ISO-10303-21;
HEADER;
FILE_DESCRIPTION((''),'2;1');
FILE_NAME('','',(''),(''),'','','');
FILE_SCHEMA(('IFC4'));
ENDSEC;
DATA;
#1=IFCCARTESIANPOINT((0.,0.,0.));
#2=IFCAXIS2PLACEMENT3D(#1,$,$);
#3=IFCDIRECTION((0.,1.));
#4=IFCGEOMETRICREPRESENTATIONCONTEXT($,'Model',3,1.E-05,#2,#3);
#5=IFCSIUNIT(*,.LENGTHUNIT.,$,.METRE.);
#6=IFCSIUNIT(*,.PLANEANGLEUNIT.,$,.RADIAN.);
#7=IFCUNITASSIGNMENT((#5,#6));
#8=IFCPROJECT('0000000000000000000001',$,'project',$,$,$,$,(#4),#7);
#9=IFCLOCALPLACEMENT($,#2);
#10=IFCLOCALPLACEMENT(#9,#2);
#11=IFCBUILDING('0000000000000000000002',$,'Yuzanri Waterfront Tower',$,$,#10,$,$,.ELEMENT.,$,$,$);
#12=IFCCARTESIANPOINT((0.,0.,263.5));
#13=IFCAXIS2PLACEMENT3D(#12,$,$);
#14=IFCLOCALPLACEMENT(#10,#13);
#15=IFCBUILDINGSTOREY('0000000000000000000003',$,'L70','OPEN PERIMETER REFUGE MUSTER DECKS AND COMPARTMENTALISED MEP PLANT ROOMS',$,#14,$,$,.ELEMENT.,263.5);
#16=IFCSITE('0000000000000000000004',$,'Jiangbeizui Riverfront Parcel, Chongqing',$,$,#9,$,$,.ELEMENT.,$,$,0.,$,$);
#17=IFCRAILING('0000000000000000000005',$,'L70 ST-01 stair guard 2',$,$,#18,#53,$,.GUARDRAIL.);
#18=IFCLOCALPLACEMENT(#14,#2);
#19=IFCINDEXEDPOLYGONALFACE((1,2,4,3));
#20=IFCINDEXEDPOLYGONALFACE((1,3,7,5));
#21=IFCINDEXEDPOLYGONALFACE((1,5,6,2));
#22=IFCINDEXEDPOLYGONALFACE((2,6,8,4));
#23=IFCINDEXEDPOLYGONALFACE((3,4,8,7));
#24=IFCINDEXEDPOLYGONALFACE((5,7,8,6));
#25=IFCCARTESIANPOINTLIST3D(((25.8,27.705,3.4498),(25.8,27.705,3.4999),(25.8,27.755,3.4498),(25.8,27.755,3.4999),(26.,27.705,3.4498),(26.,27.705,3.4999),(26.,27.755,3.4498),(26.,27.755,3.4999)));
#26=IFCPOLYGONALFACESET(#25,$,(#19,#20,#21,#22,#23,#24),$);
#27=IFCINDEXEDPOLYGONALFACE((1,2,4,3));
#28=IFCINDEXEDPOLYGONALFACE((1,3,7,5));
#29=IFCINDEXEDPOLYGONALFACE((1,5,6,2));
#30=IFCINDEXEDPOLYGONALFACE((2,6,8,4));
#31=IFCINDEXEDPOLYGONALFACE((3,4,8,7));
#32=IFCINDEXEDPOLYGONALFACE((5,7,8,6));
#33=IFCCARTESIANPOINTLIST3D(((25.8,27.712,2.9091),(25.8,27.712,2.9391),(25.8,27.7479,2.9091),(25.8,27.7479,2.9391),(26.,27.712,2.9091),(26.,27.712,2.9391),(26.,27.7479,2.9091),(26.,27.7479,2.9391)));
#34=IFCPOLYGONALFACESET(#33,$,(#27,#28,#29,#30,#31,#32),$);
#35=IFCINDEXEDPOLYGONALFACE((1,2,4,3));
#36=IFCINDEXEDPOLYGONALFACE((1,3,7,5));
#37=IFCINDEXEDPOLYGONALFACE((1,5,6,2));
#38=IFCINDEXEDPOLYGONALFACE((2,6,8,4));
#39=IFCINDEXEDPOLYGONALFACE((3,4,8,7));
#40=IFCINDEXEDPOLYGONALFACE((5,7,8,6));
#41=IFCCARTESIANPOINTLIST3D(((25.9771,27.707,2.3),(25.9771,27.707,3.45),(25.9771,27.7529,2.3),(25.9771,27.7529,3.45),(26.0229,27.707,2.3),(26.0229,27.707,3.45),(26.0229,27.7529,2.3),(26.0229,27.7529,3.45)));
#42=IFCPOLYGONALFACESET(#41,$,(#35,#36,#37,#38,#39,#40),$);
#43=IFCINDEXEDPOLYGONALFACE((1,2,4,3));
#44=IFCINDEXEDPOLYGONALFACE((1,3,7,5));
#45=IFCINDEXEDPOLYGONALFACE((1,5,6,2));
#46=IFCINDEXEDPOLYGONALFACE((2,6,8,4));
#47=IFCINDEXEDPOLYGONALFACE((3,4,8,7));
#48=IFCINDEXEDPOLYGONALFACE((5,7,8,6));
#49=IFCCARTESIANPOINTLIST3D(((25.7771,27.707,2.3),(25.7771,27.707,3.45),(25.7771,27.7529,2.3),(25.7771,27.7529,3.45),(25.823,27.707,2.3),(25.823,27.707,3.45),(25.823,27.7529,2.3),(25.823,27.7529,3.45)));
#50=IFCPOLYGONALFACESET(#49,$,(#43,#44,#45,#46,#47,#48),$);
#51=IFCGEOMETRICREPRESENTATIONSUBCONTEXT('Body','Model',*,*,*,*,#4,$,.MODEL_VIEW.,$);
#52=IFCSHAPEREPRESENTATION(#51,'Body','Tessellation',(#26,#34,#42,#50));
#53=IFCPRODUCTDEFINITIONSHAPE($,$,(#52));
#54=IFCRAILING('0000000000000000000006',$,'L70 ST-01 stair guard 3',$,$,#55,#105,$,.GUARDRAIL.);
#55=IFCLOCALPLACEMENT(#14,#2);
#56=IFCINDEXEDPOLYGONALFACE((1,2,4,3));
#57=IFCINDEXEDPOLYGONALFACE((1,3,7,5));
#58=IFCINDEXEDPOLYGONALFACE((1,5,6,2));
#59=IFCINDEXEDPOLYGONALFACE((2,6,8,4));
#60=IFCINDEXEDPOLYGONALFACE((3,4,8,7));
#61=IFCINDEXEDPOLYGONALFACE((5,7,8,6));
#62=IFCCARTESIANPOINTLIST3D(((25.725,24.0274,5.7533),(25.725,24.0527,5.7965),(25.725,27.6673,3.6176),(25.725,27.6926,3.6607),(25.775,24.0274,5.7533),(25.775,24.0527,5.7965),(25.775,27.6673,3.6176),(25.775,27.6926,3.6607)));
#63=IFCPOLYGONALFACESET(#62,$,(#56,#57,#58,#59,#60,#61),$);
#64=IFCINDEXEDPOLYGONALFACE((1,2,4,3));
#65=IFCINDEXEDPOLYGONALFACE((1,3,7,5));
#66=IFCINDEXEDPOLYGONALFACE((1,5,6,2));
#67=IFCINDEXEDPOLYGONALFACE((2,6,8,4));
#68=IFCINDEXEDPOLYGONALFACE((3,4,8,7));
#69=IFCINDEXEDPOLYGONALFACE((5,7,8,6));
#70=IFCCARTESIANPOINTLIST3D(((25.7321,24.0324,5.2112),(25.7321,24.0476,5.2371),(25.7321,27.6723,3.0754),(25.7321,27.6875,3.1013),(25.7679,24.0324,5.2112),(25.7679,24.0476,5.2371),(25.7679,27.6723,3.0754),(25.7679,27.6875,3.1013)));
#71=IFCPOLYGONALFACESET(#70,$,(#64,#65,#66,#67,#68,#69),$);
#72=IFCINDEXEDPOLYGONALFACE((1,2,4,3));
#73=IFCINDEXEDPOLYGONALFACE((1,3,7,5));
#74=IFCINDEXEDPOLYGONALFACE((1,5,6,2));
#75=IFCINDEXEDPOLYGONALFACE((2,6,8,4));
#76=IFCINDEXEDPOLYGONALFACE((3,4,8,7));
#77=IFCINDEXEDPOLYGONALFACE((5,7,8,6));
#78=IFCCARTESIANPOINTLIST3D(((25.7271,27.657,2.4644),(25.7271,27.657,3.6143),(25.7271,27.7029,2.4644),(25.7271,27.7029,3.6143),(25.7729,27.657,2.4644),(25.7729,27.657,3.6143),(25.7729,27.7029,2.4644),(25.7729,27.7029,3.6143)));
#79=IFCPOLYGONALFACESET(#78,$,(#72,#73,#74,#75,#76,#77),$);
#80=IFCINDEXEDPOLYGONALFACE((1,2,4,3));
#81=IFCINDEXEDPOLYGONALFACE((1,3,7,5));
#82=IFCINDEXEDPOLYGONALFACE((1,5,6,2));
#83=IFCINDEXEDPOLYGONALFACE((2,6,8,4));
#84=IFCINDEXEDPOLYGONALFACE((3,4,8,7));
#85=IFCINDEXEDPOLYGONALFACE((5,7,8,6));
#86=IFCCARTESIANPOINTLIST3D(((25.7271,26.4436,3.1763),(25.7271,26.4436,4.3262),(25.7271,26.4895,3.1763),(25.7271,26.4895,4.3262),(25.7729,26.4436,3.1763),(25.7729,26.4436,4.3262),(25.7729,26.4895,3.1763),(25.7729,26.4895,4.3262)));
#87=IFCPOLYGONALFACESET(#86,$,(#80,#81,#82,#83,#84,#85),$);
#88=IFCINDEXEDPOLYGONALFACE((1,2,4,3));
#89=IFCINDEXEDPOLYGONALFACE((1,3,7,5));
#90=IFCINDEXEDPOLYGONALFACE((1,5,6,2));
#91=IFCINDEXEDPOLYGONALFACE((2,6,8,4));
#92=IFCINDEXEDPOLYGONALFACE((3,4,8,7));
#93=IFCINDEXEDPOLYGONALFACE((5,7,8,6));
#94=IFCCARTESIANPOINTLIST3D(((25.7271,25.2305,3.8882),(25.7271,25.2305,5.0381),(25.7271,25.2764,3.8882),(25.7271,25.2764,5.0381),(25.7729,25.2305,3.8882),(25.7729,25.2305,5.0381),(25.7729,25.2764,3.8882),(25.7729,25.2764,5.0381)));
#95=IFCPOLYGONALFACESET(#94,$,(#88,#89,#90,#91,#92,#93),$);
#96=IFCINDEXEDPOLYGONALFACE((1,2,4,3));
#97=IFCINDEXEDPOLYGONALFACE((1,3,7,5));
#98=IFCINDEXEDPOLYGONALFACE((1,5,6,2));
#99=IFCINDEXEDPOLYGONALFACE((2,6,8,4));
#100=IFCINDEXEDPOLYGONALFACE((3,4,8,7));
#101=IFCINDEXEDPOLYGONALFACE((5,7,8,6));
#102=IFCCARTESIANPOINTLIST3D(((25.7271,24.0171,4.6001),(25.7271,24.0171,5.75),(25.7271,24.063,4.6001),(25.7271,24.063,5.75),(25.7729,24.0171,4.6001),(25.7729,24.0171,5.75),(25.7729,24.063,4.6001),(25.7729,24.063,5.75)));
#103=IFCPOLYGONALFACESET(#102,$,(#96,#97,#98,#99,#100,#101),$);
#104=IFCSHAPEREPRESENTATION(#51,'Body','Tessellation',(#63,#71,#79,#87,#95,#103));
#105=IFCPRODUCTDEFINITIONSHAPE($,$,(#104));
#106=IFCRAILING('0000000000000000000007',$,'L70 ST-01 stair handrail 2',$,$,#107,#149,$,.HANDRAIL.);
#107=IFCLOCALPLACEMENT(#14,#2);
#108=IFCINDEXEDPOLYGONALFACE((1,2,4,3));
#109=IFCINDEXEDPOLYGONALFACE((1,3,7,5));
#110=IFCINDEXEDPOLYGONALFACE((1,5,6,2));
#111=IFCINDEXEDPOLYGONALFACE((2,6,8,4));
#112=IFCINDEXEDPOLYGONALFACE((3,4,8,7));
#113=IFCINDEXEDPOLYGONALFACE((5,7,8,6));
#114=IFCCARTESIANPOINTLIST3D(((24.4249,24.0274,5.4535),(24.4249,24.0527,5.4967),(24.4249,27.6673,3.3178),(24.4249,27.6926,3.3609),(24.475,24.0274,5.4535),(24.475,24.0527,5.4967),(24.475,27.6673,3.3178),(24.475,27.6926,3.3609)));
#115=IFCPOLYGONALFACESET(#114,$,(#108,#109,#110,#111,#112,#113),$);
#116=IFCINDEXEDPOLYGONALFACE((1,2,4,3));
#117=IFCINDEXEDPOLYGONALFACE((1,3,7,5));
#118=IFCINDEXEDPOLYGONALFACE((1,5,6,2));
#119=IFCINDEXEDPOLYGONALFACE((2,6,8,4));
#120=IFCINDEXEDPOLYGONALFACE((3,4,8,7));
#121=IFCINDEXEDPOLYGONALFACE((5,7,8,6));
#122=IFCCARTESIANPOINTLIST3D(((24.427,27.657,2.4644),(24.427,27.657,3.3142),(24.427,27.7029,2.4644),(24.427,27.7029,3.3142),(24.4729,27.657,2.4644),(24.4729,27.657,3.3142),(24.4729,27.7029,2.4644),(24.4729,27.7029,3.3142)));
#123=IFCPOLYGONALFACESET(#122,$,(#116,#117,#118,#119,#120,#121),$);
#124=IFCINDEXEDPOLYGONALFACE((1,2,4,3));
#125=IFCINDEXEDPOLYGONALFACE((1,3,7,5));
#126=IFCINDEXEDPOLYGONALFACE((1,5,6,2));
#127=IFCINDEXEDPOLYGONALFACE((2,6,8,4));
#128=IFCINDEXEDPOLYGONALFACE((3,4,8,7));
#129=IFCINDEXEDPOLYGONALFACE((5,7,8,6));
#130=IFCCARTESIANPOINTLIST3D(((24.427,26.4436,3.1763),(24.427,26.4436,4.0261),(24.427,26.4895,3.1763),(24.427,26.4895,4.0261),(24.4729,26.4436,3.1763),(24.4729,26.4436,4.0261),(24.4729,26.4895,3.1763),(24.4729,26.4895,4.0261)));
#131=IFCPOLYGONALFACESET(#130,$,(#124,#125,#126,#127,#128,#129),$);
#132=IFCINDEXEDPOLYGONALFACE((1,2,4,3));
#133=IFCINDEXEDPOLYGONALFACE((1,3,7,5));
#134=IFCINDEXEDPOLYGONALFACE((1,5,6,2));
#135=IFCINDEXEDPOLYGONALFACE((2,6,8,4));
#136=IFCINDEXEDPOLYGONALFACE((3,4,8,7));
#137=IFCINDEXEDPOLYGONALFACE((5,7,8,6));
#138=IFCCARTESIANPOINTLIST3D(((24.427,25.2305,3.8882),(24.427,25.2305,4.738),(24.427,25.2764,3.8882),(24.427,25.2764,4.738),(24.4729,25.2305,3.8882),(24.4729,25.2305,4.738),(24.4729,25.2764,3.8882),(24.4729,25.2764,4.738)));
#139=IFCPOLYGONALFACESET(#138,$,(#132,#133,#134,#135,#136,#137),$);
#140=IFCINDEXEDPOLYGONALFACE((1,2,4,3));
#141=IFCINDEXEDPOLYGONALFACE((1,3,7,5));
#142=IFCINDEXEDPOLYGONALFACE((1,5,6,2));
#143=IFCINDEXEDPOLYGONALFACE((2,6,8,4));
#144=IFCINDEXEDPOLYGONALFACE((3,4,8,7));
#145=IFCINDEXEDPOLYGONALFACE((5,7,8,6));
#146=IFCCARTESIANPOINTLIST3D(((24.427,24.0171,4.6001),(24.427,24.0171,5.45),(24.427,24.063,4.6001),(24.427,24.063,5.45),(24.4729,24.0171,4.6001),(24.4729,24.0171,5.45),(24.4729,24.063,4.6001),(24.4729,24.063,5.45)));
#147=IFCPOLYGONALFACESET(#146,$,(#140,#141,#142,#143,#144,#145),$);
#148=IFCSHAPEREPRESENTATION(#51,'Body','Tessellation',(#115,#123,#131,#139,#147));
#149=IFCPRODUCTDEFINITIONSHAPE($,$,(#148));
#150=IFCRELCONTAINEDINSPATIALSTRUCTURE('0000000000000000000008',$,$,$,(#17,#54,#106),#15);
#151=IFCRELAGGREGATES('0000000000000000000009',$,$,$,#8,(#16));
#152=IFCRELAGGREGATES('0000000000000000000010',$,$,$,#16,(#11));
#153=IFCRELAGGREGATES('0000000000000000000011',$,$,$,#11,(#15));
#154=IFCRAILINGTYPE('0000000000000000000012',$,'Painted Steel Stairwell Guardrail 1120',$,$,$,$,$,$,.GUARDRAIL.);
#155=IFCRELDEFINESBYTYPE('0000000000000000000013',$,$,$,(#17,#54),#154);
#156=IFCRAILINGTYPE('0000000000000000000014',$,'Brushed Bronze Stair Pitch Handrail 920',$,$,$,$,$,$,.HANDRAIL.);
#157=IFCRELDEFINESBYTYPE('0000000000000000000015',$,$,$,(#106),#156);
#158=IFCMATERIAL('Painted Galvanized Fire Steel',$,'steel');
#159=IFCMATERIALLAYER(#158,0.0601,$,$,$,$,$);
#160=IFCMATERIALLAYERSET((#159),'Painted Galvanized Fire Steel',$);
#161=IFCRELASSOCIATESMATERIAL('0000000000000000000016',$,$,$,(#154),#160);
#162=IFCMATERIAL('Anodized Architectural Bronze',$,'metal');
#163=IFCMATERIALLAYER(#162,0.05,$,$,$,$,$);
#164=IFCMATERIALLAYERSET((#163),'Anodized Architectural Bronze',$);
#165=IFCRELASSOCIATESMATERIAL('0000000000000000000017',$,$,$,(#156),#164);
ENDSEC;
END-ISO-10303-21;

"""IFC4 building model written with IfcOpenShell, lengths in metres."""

from ifc_helpers import new_model, si_unit, direction, frame, origin, origin_2d, place, context, subcontext, project, spatial, rectangle, extrude, source, transform, mapped, material, layer, layer_set, type_object, element, save


model = new_model("IFC4")

# Units and contexts
model_context = context("Model", 3, precision=1e-05, world=origin(), true_north=direction((0.0, 1.0)))
body_context = subcontext(model_context, "Body", "Model", "MODEL_VIEW")
ifc_project = project(units=[si_unit("LENGTHUNIT", "METRE"), si_unit("PLANEANGLEUNIT", "RADIAN")], contexts=[model_context])

# Site, building, storey
site_placement = place(None, origin())
site = spatial("IfcSite", under=ifc_project, at=site_placement, Name="Jiangbeizui Riverfront Parcel, Chongqing", CompositionType="ELEMENT", RefElevation=0.0)
building_placement = place(site_placement, origin())
building = spatial("IfcBuilding", under=site, at=building_placement, Name="Yuzanri Waterfront Tower", CompositionType="ELEMENT")
storey_placement = place(building_placement, frame((0.0, 0.0, 263.5)))
storey = spatial("IfcBuildingStorey", under=building, at=storey_placement, Name="L70", Description="OPEN PERIMETER REFUGE MUSTER DECKS AND COMPARTMENTALISED MEP PLANT ROOMS", CompositionType="ELEMENT", Elevation=263.5)

# Railings
ifc_material_1 = material(Name="Painted Galvanized Fire Steel", Category="steel")
ifc_layer_1 = layer(ifc_material_1, 0.0601)
ifc_layer_set_1 = layer_set([ifc_layer_1], Name="Painted Galvanized Fire Steel")
railing_type_1 = type_object("IfcRailingType", Name="Painted Steel Stairwell Guardrail 1120", PredefinedType="GUARDRAIL", material=ifc_layer_set_1)
shared_shape_1 = source(origin(), body_context, "Body", "SweptSolid", [
    extrude(rectangle(XDim=0.05, YDim=0.05, at=origin_2d()), frame((0.0, 0.0, 1.1748), z_axis=(-1.0, 0.0, 0.0), x_axis=(0.0, -1.0, 0.0)), (0.0, 0.0, 1.0), 0.2),
    extrude(rectangle(XDim=0.0359, YDim=0.03, at=origin_2d()), frame((0.0, 0.0, 0.624), z_axis=(-1.0, 0.0, 0.0), x_axis=(0.0, -1.0, 0.0)), (0.0, 0.0, 1.0), 0.2),
    extrude(rectangle(XDim=0.0459, YDim=0.0459, at=origin_2d()), origin(), (0.0, 0.0, 1.0), 1.1499),
    extrude(rectangle(XDim=0.0459, YDim=0.0459, at=origin_2d()), frame((-0.2, 0.0, 0.0)), (0.0, 0.0, 1.0), 1.1499),
])
railing_1_placement = place(storey_placement, frame((26.0, 27.73, 2.3)))
element("IfcRailing", 1, at=railing_1_placement, inside=storey, type_object=railing_type_1, Name="L70 ST-01 stair guard 2", PredefinedType="GUARDRAIL", context=body_context, shape_type="MappedRepresentation", body=[
    mapped(shared_shape_1, transform((0.0, 0.0, 0.0), scale=1.0)),
])
shared_shape_2 = source(origin(), body_context, "Body", "SweptSolid", [
    extrude(rectangle(XDim=0.05, YDim=0.05, at=origin_2d()), frame((0.0, 0.0, 1.1748), z_axis=(0.0, -0.86249, 0.506074), x_axis=(1.0, 0.0, 0.0)), (0.0, 0.0, 1.0), 4.2202),
    extrude(rectangle(XDim=0.0359, YDim=0.03, at=origin_2d()), frame((0.0, 0.0, 0.624), z_axis=(0.0, -0.86249, 0.506074), x_axis=(1.0, 0.0, 0.0)), (0.0, 0.0, 1.0), 4.2202),
    extrude(rectangle(XDim=0.0459, YDim=0.0459, at=origin_2d()), origin(), (0.0, 0.0, 1.0), 1.1499),
    extrude(rectangle(XDim=0.0459, YDim=0.0459, at=origin_2d()), frame((0.0, -1.2134, 0.7119)), (0.0, 0.0, 1.0), 1.1499),
    extrude(rectangle(XDim=0.0459, YDim=0.0459, at=origin_2d()), frame((0.0, -2.4265, 1.4238)), (0.0, 0.0, 1.0), 1.1499),
    extrude(rectangle(XDim=0.0459, YDim=0.0459, at=origin_2d()), frame((0.0, -3.6399, 2.1357)), (0.0, 0.0, 1.0), 1.1499),
])
railing_2_placement = place(storey_placement, frame((25.75, 27.6799, 2.4644)))
element("IfcRailing", 2, at=railing_2_placement, inside=storey, type_object=railing_type_1, Name="L70 ST-01 stair guard 3", PredefinedType="GUARDRAIL", context=body_context, shape_type="MappedRepresentation", body=[
    mapped(shared_shape_2, transform((0.0, 0.0, 0.0), scale=1.0)),
])
ifc_material_2 = material(Name="Anodized Architectural Bronze", Category="metal")
ifc_layer_2 = layer(ifc_material_2, 0.05)
ifc_layer_set_2 = layer_set([ifc_layer_2], Name="Anodized Architectural Bronze")
railing_type_2 = type_object("IfcRailingType", Name="Brushed Bronze Stair Pitch Handrail 920", PredefinedType="HANDRAIL", material=ifc_layer_set_2)
shared_shape_3 = source(origin(), body_context, "Body", "SweptSolid", [
    extrude(rectangle(XDim=0.05, YDim=0.05, at=origin_2d()), frame((0.0, 0.0, 0.875), z_axis=(0.0, -0.86249, 0.506074), x_axis=(1.0, 0.0, 0.0)), (0.0, 0.0, 1.0), 4.2202),
    extrude(rectangle(XDim=0.0459, YDim=0.0459, at=origin_2d()), origin(), (0.0, 0.0, 1.0), 0.8499),
    extrude(rectangle(XDim=0.0459, YDim=0.0459, at=origin_2d()), frame((0.0, -1.2134, 0.7119)), (0.0, 0.0, 1.0), 0.8499),
    extrude(rectangle(XDim=0.0459, YDim=0.0459, at=origin_2d()), frame((0.0, -2.4265, 1.4238)), (0.0, 0.0, 1.0), 0.8499),
    extrude(rectangle(XDim=0.0459, YDim=0.0459, at=origin_2d()), frame((0.0, -3.6399, 2.1357)), (0.0, 0.0, 1.0), 0.8499),
])
railing_3_placement = place(storey_placement, frame((24.45, 27.6799, 2.4644)))
element("IfcRailing", 3, at=railing_3_placement, inside=storey, type_object=railing_type_2, Name="L70 ST-01 stair handrail 2", PredefinedType="HANDRAIL", context=body_context, shape_type="MappedRepresentation", body=[
    mapped(shared_shape_3, transform((0.0, 0.0, 0.0), scale=1.0)),
])

save(model, "model.ifc")
